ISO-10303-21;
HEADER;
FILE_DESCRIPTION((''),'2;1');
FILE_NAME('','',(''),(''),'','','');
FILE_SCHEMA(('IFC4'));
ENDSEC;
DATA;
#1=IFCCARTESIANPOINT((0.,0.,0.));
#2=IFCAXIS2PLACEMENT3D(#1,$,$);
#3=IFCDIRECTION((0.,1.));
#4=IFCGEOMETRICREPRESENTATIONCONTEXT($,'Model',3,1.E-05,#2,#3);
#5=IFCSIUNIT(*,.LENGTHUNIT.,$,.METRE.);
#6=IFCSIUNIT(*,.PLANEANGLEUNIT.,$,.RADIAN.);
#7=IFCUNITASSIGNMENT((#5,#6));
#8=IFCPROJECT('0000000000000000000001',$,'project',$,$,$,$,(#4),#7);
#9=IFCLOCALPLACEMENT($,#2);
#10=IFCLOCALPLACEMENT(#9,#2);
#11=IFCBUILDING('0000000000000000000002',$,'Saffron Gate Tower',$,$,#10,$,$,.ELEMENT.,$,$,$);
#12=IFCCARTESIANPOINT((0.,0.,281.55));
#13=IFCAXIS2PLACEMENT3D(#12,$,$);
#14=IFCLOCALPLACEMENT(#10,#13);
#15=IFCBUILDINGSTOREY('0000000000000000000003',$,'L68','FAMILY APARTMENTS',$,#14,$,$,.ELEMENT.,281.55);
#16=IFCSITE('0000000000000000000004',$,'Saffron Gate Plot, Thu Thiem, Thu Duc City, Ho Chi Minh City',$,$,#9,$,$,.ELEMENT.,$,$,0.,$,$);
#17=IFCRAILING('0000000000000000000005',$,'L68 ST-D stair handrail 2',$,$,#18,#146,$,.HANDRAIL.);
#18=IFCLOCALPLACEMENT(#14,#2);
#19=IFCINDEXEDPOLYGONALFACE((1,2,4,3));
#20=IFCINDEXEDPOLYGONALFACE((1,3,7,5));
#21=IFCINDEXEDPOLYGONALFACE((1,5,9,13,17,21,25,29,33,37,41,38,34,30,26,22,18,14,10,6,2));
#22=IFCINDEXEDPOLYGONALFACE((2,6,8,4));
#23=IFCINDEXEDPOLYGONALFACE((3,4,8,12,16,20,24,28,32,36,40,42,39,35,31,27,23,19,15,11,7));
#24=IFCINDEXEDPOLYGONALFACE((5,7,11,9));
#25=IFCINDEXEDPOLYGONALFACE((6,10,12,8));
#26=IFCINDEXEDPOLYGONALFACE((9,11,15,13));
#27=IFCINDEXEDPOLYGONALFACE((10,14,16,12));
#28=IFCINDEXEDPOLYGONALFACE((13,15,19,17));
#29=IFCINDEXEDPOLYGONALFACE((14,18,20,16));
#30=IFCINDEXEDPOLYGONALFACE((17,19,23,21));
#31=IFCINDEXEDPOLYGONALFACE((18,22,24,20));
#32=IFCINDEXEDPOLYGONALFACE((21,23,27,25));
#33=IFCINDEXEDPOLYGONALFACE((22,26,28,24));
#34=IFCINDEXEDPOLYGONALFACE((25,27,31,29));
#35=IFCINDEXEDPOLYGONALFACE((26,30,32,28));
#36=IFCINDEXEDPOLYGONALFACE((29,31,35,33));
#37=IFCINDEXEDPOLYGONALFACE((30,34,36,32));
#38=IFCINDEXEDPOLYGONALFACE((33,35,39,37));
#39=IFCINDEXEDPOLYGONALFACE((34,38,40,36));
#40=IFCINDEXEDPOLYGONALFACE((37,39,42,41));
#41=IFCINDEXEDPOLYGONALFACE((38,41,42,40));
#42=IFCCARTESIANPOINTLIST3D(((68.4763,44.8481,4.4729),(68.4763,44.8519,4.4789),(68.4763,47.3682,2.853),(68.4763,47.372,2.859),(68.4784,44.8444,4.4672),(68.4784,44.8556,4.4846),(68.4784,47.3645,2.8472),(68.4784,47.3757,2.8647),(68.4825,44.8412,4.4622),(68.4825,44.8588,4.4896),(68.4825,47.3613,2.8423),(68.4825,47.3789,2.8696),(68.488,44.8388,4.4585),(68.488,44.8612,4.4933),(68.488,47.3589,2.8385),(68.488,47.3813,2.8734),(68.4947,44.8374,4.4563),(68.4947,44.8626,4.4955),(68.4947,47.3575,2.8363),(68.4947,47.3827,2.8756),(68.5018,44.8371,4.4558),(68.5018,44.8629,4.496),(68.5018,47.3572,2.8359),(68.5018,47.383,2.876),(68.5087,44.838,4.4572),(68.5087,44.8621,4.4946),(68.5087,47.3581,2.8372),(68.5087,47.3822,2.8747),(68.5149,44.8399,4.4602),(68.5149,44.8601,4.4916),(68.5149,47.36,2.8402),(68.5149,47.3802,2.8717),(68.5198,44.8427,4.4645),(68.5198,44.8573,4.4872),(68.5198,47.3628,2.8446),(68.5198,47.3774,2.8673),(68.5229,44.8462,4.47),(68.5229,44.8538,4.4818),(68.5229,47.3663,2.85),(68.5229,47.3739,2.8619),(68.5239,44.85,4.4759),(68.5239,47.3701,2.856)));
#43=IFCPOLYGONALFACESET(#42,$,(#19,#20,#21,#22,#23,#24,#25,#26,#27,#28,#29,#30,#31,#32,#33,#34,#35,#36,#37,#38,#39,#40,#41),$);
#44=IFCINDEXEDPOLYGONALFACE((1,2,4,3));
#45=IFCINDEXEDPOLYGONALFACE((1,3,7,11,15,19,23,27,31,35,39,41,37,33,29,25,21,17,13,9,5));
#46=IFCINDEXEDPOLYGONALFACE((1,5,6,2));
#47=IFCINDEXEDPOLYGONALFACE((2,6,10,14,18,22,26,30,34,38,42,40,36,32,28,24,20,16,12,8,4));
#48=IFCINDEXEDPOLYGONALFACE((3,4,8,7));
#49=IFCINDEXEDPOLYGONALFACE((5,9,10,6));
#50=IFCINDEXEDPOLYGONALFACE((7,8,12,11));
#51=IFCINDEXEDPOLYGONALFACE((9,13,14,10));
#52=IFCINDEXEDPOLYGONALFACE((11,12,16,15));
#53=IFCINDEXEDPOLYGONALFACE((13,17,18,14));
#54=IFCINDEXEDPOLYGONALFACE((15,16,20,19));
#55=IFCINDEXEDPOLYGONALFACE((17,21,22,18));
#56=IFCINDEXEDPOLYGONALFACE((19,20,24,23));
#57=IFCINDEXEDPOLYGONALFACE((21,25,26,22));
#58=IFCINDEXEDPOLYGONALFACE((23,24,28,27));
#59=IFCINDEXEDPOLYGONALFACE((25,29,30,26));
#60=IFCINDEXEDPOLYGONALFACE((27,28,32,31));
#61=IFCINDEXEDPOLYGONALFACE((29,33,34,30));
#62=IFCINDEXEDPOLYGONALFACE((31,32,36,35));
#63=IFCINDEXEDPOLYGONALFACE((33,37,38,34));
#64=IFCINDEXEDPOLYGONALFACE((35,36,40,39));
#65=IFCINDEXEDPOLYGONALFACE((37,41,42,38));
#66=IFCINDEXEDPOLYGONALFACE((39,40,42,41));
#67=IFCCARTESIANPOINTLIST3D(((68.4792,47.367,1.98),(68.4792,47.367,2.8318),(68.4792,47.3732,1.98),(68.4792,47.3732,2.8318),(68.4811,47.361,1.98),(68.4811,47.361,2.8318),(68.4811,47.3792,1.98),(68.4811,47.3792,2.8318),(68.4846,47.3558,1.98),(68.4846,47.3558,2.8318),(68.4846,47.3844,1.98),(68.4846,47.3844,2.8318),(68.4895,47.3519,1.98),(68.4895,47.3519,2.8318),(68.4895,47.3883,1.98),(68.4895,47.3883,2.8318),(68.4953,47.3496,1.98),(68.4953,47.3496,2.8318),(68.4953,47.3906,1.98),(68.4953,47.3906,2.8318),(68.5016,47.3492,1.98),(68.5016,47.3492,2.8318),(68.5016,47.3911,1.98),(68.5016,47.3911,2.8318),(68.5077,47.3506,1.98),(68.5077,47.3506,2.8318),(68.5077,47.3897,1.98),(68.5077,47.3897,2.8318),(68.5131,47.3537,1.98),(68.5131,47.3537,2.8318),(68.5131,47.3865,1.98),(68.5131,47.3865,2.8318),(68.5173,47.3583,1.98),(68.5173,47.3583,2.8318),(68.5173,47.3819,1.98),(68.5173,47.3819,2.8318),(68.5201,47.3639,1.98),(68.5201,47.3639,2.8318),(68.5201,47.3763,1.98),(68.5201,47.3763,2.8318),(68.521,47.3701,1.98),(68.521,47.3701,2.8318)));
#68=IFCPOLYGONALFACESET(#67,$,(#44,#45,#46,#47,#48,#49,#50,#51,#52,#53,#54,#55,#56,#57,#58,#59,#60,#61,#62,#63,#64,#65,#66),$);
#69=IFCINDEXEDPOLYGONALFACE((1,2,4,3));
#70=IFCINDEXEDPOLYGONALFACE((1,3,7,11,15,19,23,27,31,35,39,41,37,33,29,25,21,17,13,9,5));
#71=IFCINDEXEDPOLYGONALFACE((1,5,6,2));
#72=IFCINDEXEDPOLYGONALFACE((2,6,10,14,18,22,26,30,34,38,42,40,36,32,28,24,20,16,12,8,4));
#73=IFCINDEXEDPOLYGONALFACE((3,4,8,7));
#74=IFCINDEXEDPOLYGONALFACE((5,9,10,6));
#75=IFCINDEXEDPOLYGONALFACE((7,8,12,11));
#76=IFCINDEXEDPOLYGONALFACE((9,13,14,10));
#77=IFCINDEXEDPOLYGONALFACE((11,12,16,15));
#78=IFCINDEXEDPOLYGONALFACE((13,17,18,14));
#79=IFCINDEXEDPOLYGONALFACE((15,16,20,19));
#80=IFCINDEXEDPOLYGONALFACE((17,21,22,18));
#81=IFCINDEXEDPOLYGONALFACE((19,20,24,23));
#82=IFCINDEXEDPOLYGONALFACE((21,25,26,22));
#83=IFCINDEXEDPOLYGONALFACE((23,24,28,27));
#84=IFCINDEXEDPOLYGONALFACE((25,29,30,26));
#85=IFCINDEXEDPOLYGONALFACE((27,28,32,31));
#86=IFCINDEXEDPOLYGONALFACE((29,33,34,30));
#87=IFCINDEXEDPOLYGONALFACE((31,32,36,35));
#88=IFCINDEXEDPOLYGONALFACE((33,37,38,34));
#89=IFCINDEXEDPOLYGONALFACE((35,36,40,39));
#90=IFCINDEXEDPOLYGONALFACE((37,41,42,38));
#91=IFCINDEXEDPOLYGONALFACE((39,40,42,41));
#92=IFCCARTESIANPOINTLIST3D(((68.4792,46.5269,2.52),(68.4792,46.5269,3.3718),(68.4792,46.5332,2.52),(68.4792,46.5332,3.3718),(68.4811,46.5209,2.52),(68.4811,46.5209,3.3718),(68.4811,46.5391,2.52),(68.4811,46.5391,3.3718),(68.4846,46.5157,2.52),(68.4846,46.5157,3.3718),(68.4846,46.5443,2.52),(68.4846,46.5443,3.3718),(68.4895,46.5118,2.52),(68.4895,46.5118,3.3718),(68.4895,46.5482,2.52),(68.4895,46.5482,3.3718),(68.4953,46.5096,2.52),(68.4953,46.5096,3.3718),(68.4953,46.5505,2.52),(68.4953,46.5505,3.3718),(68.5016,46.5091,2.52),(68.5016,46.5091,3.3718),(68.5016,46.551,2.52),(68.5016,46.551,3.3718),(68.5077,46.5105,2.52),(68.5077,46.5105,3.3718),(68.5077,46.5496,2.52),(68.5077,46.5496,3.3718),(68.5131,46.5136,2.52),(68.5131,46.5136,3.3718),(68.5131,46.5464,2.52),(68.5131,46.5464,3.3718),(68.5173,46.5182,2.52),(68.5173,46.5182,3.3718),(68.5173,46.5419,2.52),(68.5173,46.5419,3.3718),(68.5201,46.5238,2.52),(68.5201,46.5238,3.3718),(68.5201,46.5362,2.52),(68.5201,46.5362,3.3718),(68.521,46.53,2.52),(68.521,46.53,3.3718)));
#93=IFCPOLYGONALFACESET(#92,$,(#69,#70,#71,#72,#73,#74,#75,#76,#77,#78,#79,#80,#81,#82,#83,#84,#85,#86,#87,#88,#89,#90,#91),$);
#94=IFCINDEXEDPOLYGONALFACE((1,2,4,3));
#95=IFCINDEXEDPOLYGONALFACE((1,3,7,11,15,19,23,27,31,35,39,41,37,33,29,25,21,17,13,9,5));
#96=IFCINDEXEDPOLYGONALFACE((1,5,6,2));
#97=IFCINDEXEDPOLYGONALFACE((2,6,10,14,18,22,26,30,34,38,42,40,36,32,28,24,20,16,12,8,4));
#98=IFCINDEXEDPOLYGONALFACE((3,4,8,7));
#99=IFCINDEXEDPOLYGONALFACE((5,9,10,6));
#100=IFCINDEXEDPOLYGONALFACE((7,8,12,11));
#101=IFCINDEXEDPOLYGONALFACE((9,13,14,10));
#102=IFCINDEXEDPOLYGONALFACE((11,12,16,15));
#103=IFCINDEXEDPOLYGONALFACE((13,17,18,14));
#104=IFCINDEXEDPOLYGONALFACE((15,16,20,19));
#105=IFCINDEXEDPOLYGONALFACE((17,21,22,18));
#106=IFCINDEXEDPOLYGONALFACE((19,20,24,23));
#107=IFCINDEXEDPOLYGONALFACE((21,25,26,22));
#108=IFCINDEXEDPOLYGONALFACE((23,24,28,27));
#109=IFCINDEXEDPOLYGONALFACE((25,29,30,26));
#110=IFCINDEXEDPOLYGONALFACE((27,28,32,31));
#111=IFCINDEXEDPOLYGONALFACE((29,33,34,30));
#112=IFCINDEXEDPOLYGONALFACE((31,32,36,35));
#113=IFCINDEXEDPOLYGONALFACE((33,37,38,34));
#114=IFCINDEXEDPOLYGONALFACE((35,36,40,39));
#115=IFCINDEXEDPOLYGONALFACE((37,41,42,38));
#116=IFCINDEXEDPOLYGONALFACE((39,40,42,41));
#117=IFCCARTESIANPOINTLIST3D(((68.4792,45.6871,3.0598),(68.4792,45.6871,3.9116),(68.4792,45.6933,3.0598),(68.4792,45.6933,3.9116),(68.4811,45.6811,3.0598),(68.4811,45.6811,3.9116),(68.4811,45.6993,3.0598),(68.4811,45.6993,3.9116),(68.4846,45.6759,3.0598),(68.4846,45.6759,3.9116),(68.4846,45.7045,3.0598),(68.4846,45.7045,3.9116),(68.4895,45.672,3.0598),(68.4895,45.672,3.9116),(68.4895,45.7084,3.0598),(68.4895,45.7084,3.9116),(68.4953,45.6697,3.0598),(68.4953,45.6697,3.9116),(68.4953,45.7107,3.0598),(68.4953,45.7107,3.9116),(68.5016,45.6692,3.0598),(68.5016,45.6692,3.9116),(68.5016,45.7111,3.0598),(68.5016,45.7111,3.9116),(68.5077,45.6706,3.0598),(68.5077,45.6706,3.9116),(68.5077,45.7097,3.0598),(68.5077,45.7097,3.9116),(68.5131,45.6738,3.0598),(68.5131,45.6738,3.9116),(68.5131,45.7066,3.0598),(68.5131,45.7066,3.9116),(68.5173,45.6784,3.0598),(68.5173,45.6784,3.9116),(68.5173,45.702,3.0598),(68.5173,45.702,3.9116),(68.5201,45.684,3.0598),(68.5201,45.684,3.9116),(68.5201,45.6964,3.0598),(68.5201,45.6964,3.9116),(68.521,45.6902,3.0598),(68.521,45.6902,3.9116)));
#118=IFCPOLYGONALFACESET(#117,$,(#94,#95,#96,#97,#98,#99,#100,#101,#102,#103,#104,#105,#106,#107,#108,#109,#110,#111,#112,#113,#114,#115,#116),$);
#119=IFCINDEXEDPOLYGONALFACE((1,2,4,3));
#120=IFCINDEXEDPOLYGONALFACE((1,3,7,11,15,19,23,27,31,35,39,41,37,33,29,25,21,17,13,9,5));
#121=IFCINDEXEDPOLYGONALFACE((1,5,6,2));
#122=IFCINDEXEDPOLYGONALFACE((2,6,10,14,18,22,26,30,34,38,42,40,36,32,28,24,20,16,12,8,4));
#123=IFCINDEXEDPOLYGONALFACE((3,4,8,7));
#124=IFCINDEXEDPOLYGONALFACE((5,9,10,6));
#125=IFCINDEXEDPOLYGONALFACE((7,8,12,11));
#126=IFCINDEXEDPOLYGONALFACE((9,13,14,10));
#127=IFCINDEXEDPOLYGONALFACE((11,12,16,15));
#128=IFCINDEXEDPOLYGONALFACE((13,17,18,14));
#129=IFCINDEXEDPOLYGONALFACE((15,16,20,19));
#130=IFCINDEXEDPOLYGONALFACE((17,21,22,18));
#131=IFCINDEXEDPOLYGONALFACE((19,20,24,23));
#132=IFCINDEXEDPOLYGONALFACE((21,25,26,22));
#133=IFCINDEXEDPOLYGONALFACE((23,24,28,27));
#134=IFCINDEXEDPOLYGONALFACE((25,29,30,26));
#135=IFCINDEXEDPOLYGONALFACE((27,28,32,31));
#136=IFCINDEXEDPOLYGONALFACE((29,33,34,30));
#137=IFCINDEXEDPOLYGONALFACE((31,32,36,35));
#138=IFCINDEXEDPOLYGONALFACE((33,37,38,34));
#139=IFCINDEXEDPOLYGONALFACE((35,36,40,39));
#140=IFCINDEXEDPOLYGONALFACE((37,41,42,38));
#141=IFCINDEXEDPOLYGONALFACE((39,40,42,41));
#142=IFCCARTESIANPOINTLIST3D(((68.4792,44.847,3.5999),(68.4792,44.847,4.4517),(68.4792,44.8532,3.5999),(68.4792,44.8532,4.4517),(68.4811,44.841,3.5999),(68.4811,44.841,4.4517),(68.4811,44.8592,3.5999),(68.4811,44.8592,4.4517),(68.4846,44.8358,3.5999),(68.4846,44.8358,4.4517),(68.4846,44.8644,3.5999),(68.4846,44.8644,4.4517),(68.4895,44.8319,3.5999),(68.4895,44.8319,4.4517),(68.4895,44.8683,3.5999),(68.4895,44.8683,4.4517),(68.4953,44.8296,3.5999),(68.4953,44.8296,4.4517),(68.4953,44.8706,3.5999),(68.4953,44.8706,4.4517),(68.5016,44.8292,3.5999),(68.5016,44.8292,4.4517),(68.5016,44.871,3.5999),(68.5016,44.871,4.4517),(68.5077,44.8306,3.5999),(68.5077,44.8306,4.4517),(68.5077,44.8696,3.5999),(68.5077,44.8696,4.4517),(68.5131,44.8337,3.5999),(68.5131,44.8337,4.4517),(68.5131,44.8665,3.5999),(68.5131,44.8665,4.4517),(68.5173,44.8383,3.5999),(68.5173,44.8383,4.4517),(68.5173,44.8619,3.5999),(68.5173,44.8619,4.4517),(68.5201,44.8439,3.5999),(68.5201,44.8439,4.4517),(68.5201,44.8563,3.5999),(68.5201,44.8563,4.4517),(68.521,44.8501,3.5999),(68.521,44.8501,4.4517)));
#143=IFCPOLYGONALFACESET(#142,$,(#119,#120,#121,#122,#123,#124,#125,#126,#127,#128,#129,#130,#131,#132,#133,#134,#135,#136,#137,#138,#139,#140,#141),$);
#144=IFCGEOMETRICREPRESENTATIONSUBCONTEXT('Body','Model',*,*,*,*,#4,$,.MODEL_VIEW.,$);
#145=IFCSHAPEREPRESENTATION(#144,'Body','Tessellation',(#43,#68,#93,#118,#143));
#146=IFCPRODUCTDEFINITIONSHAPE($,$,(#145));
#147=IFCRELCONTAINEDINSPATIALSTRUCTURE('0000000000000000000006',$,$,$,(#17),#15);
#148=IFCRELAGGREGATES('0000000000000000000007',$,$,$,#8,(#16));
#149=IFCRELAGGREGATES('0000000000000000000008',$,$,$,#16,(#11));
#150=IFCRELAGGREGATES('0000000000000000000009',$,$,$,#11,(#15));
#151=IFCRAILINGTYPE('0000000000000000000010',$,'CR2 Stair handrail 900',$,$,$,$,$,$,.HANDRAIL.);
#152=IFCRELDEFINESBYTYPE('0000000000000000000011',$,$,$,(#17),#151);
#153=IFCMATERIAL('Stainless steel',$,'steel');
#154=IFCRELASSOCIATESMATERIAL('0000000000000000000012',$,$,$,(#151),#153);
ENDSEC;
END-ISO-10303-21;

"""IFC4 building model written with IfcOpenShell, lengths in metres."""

from ifc_helpers import new_model, si_unit, direction, frame, origin, origin_2d, place, context, subcontext, project, spatial, circle, extrude, material, type_object, element, save


model = new_model("IFC4")

# Units and contexts
model_context = context("Model", 3, precision=1e-05, world=origin(), true_north=direction((0.0, 1.0)))
body_context = subcontext(model_context, "Body", "Model", "MODEL_VIEW")
ifc_project = project(units=[si_unit("LENGTHUNIT", "METRE"), si_unit("PLANEANGLEUNIT", "RADIAN")], contexts=[model_context])

# Site, building, storey
site_placement = place(None, origin())
site = spatial("IfcSite", under=ifc_project, at=site_placement, Name="Saffron Gate Plot, Thu Thiem, Thu Duc City, Ho Chi Minh City", CompositionType="ELEMENT", RefElevation=0.0)
building_placement = place(site_placement, origin())
building = spatial("IfcBuilding", under=site, at=building_placement, Name="Saffron Gate Tower", CompositionType="ELEMENT")
storey_placement = place(building_placement, frame((0.0, 0.0, 281.55)))
storey = spatial("IfcBuildingStorey", under=building, at=storey_placement, Name="L68", Description="FAMILY APARTMENTS", CompositionType="ELEMENT", Elevation=281.55)

# Railing
ifc_material_1 = material(Name="Stainless steel", Category="steel")
railing_type_1 = type_object("IfcRailingType", Name="CR2 Stair handrail 900", PredefinedType="HANDRAIL", material=ifc_material_1)
railing_1_placement = place(storey_placement, frame((68.5, 47.3701, 1.98)))
element("IfcRailing", 1, at=railing_1_placement, inside=storey, type_object=railing_type_1, Name="L68 ST-D stair handrail 2", PredefinedType="HANDRAIL", context=body_context, shape_type="SweptSolid", body=[
    extrude(circle(Radius=0.0239, at=origin_2d()), frame((0.0, 0.0, 0.876), z_axis=(0.0, -0.8412, 0.540725), x_axis=(1.0, 0.0, 0.0)), (0.0, 0.0, 1.0), 2.9958),
    extrude(circle(Radius=0.021, at=origin_2d()), origin(), (0.0, 0.0, 1.0), 0.8518),
    extrude(circle(Radius=0.021, at=origin_2d()), frame((0.0, -0.8401, 0.54)), (0.0, 0.0, 1.0), 0.8518),
    extrude(circle(Radius=0.021, at=origin_2d()), frame((0.0, -1.6799, 1.0798)), (0.0, 0.0, 1.0), 0.8518),
    extrude(circle(Radius=0.021, at=origin_2d()), frame((0.0, -2.52, 1.6199)), (0.0, 0.0, 1.0), 0.8518),
])

save(model, "model.ifc")
